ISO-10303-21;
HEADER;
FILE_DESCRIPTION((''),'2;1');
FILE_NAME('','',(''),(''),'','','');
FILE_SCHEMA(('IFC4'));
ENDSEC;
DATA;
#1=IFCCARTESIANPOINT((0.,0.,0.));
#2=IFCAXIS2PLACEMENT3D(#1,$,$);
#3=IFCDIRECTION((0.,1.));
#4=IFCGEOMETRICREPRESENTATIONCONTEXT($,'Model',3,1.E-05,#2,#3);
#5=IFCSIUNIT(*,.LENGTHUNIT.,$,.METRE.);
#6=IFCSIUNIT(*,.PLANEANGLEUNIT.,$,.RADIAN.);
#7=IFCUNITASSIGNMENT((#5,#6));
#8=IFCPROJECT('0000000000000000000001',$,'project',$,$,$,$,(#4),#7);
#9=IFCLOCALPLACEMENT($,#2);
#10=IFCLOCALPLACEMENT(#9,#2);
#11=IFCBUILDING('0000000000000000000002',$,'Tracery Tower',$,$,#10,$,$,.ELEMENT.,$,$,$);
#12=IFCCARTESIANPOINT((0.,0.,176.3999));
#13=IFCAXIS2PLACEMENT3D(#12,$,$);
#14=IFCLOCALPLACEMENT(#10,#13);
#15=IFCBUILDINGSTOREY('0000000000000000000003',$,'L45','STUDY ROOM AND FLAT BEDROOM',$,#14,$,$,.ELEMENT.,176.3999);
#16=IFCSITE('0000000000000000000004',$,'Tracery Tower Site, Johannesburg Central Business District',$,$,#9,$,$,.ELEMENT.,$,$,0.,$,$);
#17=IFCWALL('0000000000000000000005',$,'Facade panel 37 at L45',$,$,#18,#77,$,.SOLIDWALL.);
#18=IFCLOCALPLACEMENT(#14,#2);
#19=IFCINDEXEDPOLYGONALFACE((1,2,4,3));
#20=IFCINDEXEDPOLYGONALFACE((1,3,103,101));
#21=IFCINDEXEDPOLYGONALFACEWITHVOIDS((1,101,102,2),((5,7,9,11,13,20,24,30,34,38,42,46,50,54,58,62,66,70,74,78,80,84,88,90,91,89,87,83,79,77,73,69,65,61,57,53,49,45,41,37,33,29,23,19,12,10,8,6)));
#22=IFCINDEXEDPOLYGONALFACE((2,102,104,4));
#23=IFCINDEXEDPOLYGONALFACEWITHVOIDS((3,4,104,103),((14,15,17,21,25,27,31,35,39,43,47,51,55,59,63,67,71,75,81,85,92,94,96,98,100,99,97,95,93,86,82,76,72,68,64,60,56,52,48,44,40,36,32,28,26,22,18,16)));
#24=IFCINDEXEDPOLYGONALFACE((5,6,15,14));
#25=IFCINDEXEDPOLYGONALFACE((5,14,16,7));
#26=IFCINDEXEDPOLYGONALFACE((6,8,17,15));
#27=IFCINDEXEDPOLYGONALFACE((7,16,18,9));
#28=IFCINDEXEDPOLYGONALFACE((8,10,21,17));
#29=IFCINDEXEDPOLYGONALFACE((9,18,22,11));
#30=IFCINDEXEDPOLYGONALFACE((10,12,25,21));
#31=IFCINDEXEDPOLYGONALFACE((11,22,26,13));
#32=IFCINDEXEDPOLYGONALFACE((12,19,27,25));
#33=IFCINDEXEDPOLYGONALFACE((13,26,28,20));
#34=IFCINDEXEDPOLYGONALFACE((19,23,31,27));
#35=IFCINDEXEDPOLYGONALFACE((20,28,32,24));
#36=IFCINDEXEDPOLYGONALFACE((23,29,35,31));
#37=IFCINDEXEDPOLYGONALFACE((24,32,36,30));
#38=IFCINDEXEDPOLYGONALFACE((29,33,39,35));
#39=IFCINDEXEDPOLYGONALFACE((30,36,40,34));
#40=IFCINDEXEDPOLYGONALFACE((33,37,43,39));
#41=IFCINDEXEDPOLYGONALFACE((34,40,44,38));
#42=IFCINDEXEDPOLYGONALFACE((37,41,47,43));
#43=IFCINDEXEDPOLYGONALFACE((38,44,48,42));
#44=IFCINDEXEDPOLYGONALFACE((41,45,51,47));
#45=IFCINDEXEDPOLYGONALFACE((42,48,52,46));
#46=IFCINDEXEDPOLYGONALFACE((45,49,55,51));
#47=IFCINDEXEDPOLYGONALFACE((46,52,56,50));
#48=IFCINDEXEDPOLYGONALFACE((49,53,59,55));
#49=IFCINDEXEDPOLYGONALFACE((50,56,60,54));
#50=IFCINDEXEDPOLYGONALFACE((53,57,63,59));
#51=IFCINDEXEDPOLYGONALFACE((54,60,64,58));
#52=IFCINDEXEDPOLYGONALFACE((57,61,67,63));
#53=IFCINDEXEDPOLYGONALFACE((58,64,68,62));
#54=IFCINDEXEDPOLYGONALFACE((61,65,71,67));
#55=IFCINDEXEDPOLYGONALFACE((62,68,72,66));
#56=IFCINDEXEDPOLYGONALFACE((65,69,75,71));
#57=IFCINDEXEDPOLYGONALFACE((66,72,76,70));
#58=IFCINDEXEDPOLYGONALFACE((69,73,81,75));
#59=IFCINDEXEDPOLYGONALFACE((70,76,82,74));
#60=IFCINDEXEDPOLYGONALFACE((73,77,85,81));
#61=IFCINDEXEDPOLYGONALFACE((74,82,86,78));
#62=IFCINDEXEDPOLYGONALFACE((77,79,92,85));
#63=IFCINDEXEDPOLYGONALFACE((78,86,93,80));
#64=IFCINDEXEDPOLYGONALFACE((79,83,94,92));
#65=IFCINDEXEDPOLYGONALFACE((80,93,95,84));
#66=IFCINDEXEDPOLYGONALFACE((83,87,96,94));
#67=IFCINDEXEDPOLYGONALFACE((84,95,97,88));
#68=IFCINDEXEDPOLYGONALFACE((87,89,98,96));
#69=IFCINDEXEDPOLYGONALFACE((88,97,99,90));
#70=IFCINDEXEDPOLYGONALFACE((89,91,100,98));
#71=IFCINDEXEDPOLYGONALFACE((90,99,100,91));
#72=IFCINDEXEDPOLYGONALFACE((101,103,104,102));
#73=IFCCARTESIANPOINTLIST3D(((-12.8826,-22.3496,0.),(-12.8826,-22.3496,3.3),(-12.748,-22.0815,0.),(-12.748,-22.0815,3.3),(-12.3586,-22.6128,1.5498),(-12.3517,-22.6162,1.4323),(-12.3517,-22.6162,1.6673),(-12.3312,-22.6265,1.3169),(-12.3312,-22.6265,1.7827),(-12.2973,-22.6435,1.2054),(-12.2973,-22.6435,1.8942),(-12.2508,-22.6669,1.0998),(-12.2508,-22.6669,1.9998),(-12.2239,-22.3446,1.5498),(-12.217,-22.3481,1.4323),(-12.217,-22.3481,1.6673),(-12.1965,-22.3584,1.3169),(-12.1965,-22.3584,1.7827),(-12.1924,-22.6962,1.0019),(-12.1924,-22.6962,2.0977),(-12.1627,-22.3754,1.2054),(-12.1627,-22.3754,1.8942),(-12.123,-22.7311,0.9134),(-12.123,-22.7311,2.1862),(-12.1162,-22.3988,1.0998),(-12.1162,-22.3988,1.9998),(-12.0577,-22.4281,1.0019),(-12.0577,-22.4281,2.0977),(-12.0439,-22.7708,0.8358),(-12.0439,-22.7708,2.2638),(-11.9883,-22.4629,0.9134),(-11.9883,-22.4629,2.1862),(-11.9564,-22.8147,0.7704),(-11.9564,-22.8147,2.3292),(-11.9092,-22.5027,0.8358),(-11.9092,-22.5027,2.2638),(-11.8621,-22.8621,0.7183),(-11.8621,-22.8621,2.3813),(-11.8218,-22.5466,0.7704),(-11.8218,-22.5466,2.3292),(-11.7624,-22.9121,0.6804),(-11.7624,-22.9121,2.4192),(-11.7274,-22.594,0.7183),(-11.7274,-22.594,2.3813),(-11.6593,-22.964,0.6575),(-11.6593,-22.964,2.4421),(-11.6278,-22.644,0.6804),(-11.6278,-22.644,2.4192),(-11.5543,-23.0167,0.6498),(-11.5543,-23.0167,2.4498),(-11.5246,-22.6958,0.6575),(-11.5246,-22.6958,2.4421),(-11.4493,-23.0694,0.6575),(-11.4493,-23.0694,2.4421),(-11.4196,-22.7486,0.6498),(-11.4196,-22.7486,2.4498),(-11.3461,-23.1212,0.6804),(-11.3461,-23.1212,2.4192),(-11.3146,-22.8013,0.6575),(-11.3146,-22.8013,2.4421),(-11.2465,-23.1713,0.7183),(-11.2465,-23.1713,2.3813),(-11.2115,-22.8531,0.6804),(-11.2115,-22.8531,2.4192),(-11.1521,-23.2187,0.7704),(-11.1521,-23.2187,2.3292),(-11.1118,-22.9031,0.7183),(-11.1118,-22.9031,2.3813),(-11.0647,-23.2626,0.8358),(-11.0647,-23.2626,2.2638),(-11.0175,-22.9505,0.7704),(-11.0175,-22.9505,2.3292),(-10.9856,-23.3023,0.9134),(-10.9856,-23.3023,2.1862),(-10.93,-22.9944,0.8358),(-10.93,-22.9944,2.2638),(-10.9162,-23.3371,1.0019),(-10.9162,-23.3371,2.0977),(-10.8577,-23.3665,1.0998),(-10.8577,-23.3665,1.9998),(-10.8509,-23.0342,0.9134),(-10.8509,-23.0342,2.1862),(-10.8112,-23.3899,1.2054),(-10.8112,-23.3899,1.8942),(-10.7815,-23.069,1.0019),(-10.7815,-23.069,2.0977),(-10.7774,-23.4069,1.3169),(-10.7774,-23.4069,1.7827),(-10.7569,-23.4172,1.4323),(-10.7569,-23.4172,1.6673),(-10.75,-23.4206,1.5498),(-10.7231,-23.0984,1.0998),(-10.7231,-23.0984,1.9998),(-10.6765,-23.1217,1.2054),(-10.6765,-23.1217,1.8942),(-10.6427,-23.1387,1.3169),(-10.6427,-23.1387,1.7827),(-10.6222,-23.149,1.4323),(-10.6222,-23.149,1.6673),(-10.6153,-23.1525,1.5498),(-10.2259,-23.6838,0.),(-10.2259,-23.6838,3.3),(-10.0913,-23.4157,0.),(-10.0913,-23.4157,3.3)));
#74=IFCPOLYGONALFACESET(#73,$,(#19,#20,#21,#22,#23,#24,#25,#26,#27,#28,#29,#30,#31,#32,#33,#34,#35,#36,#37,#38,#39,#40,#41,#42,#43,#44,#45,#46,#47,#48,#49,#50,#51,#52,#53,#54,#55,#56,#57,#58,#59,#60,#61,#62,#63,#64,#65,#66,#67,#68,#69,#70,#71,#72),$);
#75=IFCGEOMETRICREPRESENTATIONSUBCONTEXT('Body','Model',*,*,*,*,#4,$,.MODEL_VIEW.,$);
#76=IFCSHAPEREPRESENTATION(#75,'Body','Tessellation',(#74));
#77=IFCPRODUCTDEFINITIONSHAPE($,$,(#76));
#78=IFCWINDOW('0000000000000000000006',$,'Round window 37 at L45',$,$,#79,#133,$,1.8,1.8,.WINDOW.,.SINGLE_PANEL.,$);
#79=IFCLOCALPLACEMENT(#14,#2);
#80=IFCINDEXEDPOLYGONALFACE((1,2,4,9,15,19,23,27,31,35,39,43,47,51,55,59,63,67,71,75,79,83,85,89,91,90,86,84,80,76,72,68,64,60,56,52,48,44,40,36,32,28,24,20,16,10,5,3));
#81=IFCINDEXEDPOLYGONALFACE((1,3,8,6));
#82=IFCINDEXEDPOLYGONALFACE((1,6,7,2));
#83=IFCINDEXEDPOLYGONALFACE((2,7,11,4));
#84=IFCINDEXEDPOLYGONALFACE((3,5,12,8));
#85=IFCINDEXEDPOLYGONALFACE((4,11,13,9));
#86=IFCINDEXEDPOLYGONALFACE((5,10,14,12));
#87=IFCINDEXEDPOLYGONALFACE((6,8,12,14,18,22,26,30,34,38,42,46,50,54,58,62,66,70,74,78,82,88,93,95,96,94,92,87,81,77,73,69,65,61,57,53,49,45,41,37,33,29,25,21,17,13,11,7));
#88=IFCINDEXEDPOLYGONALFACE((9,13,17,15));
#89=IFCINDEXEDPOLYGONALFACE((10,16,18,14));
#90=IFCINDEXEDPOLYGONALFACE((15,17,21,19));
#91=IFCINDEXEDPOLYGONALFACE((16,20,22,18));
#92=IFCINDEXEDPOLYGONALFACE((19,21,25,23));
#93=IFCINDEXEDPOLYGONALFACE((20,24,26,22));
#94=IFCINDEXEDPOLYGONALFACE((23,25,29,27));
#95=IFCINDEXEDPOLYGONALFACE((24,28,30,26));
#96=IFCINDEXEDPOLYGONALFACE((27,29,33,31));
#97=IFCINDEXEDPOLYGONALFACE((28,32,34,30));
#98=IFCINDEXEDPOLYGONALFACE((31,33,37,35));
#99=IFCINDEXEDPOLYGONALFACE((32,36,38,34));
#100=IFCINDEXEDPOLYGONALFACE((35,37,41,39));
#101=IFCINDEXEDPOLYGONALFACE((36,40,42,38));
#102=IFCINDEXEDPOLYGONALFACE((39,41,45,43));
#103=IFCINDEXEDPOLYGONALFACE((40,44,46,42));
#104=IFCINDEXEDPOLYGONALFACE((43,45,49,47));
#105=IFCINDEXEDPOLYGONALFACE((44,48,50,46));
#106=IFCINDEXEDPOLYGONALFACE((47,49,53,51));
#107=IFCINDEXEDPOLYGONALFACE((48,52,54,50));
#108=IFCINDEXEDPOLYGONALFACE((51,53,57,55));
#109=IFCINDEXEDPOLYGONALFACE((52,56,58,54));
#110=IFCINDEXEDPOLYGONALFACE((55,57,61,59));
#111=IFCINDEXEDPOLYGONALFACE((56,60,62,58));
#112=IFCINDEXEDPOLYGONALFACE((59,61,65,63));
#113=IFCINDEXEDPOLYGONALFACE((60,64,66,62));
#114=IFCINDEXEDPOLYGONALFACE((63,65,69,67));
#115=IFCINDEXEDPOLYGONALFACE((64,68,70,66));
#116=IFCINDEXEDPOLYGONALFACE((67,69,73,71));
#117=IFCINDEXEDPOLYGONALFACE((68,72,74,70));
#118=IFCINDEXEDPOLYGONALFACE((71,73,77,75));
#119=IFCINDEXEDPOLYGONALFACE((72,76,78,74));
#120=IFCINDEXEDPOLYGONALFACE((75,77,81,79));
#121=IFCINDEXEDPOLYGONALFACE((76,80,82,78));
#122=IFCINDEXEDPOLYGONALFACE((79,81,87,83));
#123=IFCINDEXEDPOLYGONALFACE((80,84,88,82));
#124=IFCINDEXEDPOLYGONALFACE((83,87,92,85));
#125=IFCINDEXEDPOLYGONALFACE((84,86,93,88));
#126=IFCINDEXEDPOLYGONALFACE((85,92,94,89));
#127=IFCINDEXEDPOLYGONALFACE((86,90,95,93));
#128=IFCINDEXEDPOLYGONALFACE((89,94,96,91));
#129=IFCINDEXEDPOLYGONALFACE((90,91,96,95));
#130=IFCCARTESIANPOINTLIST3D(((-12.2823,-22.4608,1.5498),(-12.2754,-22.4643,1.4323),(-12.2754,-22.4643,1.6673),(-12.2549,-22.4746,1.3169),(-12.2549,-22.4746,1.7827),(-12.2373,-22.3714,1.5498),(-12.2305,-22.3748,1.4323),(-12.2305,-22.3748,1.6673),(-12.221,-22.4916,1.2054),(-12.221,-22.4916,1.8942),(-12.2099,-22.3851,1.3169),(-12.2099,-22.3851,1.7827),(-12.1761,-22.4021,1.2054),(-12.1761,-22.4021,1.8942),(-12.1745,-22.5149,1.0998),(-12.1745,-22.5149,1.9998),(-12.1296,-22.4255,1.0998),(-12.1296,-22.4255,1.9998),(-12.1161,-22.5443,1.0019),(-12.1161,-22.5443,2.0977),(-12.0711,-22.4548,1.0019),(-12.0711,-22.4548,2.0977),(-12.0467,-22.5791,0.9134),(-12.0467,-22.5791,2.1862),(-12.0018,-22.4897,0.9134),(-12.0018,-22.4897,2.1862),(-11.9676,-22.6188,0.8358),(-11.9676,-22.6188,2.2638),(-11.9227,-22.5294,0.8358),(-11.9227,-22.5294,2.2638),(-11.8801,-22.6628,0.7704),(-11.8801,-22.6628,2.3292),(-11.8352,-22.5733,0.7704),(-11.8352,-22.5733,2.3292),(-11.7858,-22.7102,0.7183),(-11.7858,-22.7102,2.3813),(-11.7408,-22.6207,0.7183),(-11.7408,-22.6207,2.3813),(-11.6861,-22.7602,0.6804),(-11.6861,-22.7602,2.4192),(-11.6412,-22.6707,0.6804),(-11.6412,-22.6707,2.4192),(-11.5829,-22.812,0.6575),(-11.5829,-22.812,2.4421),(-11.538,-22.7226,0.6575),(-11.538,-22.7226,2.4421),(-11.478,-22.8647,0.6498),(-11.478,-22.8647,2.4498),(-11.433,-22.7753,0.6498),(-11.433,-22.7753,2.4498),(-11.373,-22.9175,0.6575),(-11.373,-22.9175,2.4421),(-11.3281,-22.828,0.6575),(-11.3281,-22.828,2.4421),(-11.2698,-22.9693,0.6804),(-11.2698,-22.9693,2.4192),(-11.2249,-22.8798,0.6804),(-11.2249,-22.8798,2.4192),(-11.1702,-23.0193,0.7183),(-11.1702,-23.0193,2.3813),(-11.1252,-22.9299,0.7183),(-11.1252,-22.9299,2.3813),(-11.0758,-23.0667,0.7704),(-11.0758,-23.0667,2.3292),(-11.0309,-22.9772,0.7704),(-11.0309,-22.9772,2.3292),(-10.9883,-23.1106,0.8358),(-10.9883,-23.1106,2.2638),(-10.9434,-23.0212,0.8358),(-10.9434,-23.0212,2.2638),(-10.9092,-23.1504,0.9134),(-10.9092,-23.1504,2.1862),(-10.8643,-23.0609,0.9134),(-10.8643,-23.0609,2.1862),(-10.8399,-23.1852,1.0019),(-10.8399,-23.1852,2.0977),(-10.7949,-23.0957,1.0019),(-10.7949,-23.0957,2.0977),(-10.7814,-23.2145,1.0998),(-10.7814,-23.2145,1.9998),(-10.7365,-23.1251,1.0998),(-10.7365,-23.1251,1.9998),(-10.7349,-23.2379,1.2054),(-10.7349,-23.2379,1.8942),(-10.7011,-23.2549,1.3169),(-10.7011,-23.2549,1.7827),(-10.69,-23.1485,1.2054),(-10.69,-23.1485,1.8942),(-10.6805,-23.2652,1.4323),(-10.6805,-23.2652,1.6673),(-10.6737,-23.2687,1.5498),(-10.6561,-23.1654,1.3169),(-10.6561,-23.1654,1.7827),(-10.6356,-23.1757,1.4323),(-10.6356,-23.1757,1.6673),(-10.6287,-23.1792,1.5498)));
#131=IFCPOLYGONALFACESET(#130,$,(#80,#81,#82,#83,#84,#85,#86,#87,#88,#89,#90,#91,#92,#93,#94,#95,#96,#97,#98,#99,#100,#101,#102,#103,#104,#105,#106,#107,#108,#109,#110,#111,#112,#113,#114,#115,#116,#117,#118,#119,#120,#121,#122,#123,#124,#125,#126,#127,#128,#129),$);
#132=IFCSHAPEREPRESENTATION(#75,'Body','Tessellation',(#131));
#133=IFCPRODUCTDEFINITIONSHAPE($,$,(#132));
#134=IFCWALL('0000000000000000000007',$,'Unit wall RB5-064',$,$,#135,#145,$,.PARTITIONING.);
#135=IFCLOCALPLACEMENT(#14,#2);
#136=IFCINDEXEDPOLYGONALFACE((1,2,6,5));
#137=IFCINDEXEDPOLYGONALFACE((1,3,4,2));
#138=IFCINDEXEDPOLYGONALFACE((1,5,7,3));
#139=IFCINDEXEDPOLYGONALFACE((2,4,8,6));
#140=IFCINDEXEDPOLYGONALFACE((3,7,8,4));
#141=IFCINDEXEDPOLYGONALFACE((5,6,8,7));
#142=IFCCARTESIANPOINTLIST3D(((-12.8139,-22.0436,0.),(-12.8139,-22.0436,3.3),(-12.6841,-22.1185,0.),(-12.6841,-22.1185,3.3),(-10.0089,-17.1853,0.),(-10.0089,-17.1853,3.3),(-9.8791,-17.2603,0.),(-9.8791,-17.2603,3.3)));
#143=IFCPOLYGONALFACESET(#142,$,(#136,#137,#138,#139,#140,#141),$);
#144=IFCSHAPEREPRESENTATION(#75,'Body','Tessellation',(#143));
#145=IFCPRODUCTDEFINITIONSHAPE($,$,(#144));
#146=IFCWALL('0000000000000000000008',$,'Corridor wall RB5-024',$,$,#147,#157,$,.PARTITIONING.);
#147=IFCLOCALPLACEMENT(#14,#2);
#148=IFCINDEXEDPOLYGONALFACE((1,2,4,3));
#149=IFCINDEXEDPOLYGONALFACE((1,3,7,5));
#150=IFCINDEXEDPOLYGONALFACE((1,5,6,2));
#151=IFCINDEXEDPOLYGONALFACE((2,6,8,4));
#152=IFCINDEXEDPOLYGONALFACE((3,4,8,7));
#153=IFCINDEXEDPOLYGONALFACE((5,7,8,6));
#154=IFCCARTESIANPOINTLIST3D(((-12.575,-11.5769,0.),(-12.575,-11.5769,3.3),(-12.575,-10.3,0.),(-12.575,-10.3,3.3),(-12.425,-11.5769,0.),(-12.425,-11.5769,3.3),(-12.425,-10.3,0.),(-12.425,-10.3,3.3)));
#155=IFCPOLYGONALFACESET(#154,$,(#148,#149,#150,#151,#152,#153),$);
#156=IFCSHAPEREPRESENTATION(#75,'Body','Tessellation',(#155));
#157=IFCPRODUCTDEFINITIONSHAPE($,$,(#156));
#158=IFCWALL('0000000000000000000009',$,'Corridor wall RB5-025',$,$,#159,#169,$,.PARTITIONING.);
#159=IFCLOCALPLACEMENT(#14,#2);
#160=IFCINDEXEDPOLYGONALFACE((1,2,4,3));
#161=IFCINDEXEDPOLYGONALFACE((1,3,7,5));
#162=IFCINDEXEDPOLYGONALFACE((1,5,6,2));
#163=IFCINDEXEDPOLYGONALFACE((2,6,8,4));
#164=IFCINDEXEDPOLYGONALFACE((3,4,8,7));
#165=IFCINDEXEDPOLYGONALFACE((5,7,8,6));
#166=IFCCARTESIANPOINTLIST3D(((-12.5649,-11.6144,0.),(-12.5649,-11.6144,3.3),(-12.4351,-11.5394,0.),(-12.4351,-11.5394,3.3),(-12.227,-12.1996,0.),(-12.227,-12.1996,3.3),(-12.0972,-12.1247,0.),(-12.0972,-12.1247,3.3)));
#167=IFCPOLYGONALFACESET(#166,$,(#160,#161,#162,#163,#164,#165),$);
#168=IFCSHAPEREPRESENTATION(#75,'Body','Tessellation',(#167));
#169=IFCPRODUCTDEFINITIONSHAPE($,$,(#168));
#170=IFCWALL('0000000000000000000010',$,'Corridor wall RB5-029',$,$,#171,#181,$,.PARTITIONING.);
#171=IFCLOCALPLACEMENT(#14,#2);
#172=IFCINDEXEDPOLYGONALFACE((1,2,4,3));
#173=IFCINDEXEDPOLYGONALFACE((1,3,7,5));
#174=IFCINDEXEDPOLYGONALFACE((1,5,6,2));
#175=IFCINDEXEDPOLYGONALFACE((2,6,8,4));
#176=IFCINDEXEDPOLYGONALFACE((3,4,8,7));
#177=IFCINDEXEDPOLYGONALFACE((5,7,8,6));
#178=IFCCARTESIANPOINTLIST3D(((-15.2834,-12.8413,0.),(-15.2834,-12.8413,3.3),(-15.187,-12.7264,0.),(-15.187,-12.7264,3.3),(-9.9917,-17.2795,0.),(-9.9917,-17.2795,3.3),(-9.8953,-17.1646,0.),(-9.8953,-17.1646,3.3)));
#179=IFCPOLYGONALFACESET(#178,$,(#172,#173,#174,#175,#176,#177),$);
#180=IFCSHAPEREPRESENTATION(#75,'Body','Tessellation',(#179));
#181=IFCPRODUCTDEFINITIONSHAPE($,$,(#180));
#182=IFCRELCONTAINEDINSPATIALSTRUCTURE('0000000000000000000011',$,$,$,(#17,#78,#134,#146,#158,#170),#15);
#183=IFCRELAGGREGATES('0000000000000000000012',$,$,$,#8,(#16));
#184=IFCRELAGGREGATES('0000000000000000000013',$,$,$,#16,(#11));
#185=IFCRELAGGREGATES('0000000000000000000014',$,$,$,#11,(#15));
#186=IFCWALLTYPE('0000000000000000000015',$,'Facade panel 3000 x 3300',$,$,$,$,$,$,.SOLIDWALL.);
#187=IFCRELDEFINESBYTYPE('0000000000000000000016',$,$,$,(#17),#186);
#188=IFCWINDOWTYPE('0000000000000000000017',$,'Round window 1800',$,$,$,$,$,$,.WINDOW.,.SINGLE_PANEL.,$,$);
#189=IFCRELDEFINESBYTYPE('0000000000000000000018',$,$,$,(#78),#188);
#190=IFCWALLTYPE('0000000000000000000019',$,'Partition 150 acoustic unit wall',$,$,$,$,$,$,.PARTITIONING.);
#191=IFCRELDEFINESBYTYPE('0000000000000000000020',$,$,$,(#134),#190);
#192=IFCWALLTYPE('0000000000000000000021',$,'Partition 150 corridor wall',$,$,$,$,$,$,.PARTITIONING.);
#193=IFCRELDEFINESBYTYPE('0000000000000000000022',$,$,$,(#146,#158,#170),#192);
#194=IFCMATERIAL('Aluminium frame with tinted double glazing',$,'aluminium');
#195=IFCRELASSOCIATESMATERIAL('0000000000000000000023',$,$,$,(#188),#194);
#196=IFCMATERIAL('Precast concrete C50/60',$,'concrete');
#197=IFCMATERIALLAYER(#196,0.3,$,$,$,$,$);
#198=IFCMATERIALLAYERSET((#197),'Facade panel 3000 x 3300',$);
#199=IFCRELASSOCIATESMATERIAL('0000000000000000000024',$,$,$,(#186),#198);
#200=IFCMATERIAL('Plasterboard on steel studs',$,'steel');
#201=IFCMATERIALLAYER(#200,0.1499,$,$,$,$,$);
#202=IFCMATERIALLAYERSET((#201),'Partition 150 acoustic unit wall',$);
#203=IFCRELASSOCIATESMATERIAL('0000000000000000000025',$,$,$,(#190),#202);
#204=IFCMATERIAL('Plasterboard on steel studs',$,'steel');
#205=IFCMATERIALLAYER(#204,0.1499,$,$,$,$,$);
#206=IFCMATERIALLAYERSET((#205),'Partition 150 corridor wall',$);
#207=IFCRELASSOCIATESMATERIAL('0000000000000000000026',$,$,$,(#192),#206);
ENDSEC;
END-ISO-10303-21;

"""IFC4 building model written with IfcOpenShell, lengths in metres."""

from ifc_helpers import new_model, si_unit, direction, frame, frame_2d, origin, origin_2d, place, context, subcontext, project, spatial, rectangle, circle, extrude, material, layer, layer_set, type_object, element, fill, save


model = new_model("IFC4")

# Units and contexts
model_context = context("Model", 3, precision=1e-05, world=origin(), true_north=direction((0.0, 1.0)))
body_context = subcontext(model_context, "Body", "Model", "MODEL_VIEW")
ifc_project = project(units=[si_unit("LENGTHUNIT", "METRE"), si_unit("PLANEANGLEUNIT", "RADIAN")], contexts=[model_context])

# Site, building, storey
site_placement = place(None, origin())
site = spatial("IfcSite", under=ifc_project, at=site_placement, Name="Tracery Tower Site, Johannesburg Central Business District", CompositionType="ELEMENT", RefElevation=0.0)
building_placement = place(site_placement, origin())
building = spatial("IfcBuilding", under=site, at=building_placement, Name="Tracery Tower", CompositionType="ELEMENT")
storey_placement = place(building_placement, frame((0.0, 0.0, 176.3999)))
storey = spatial("IfcBuildingStorey", under=building, at=storey_placement, Name="L45", Description="STUDY ROOM AND FLAT BEDROOM", CompositionType="ELEMENT", Elevation=176.3999)

# Wall, opening, window
ifc_material_1 = material(Name="Aluminium frame with tinted double glazing", Category="aluminium")
window_type = type_object("IfcWindowType", Name="Round window 1800", PartitioningType="SINGLE_PANEL", PredefinedType="WINDOW", material=ifc_material_1)
ifc_material_2 = material(Name="Precast concrete C50/60", Category="concrete")
ifc_layer_1 = layer(ifc_material_2, 0.3)
ifc_layer_set_1 = layer_set([ifc_layer_1], Name="Facade panel 3000 x 3300")
wall_type_1 = type_object("IfcWallType", Name="Facade panel 3000 x 3300", PredefinedType="SOLIDWALL", material=ifc_layer_set_1)
wall_1_placement = place(storey_placement, frame((-12.8152, -22.2156, 0.0), z_axis=(0.0, 0.0, 1.0), x_axis=(0.893637, -0.44879, 0.0)))
wall_1 = element("IfcWall", 1, at=wall_1_placement, inside=storey, type_object=wall_type_1, Name="Facade panel 37 at L45", PredefinedType="SOLIDWALL", context=body_context, shape_type="SweptSolid", body=[
    extrude(rectangle(XDim=2.9729, YDim=0.3, at=frame_2d((1.4863, 0.0))), origin(), (0.0, 0.0, 1.0), 3.3),
])
opening_1_placement = place(wall_1_placement, frame((1.4863, 0.0, 1.5498)))
opening_1 = element("IfcOpeningElement", 2, at=opening_1_placement, cuts=wall_1, PredefinedType="OPENING", context=body_context, shape_type="SweptSolid", body=[
    extrude(circle(Radius=0.9, at=origin_2d()), frame((0.0, 0.1599, 0.0), z_axis=(0.0, -1.0, 0.0), x_axis=(1.0, 0.0, 0.0)), (0.0, 0.0, 1.0), 0.3201),
])
window_1_placement = place(opening_1_placement, origin())
window_1 = element("IfcWindow", 3, at=window_1_placement, inside=storey, type_object=window_type, Name="Round window 37 at L45", OverallHeight=1.8, OverallWidth=1.8, PartitioningType="SINGLE_PANEL", PredefinedType="WINDOW", context=body_context, shape_type="SweptSolid", body=[
    extrude(circle(Radius=0.9, at=origin_2d()), frame((0.0, 0.1201, 0.0), z_axis=(0.0, -1.0, 0.0), x_axis=(1.0, 0.0, 0.0)), (0.0, 0.0, 1.0), 0.1001),
])
fill(opening_1, window_1)

# Walls
ifc_material_3 = material(Name="Plasterboard on steel studs", Category="steel")
ifc_layer_2 = layer(ifc_material_3, 0.1499)
ifc_layer_set_2 = layer_set([ifc_layer_2], Name="Partition 150 acoustic unit wall")
wall_type_2 = type_object("IfcWallType", Name="Partition 150 acoustic unit wall", PredefinedType="PARTITIONING", material=ifc_layer_set_2)
wall_2_placement = place(storey_placement, frame((-12.749, -22.0811, 0.0), z_axis=(0.0, 0.0, 1.0), x_axis=(0.50001, 0.86602, 0.0)))
element("IfcWall", 4, at=wall_2_placement, inside=storey, type_object=wall_type_2, Name="Unit wall RB5-064", PredefinedType="PARTITIONING", context=body_context, shape_type="SweptSolid", body=[
    extrude(rectangle(XDim=5.6099, YDim=0.1499, at=frame_2d((2.8049, 0.0))), origin(), (0.0, 0.0, 1.0), 3.3),
])
ifc_material_4 = material(Name="Plasterboard on steel studs", Category="steel")
ifc_layer_3 = layer(ifc_material_4, 0.1499)
ifc_layer_set_3 = layer_set([ifc_layer_3], Name="Partition 150 corridor wall")
wall_type_3 = type_object("IfcWallType", Name="Partition 150 corridor wall", PredefinedType="PARTITIONING", material=ifc_layer_set_3)
wall_3_placement = place(storey_placement, frame((-12.5, -11.5769, 0.0), z_axis=(0.0, 0.0, 1.0), x_axis=(0.0, 1.0, 0.0)))
element("IfcWall", 5, at=wall_3_placement, inside=storey, type_object=wall_type_3, Name="Corridor wall RB5-024", PredefinedType="PARTITIONING", context=body_context, shape_type="SweptSolid", body=[
    extrude(rectangle(XDim=1.2769, YDim=0.1499, at=frame_2d((0.6384, 0.0))), origin(), (0.0, 0.0, 1.0), 3.3),
])
wall_4_placement = place(storey_placement, frame((-12.5, -11.5769, 0.0), z_axis=(0.0, 0.0, 1.0), x_axis=(0.500025, -0.866011, 0.0)))
element("IfcWall", 6, at=wall_4_placement, inside=storey, type_object=wall_type_3, Name="Corridor wall RB5-025", PredefinedType="PARTITIONING", context=body_context, shape_type="SweptSolid", body=[
    extrude(rectangle(XDim=0.6758, YDim=0.1499, at=frame_2d((0.3379, 0.0))), origin(), (0.0, 0.0, 1.0), 3.3),
])
wall_5_placement = place(storey_placement, frame((-15.2351, -12.7839, 0.0), z_axis=(0.0, 0.0, 1.0), x_axis=(0.766192, -0.642612, 0.0)))
element("IfcWall", 7, at=wall_5_placement, inside=storey, type_object=wall_type_3, Name="Corridor wall RB5-029", PredefinedType="PARTITIONING", context=body_context, shape_type="SweptSolid", body=[
    extrude(rectangle(XDim=6.9065, YDim=0.1499, at=frame_2d((3.4531, 0.0))), origin(), (0.0, 0.0, 1.0), 3.3),
])

save(model, "model.ifc")
